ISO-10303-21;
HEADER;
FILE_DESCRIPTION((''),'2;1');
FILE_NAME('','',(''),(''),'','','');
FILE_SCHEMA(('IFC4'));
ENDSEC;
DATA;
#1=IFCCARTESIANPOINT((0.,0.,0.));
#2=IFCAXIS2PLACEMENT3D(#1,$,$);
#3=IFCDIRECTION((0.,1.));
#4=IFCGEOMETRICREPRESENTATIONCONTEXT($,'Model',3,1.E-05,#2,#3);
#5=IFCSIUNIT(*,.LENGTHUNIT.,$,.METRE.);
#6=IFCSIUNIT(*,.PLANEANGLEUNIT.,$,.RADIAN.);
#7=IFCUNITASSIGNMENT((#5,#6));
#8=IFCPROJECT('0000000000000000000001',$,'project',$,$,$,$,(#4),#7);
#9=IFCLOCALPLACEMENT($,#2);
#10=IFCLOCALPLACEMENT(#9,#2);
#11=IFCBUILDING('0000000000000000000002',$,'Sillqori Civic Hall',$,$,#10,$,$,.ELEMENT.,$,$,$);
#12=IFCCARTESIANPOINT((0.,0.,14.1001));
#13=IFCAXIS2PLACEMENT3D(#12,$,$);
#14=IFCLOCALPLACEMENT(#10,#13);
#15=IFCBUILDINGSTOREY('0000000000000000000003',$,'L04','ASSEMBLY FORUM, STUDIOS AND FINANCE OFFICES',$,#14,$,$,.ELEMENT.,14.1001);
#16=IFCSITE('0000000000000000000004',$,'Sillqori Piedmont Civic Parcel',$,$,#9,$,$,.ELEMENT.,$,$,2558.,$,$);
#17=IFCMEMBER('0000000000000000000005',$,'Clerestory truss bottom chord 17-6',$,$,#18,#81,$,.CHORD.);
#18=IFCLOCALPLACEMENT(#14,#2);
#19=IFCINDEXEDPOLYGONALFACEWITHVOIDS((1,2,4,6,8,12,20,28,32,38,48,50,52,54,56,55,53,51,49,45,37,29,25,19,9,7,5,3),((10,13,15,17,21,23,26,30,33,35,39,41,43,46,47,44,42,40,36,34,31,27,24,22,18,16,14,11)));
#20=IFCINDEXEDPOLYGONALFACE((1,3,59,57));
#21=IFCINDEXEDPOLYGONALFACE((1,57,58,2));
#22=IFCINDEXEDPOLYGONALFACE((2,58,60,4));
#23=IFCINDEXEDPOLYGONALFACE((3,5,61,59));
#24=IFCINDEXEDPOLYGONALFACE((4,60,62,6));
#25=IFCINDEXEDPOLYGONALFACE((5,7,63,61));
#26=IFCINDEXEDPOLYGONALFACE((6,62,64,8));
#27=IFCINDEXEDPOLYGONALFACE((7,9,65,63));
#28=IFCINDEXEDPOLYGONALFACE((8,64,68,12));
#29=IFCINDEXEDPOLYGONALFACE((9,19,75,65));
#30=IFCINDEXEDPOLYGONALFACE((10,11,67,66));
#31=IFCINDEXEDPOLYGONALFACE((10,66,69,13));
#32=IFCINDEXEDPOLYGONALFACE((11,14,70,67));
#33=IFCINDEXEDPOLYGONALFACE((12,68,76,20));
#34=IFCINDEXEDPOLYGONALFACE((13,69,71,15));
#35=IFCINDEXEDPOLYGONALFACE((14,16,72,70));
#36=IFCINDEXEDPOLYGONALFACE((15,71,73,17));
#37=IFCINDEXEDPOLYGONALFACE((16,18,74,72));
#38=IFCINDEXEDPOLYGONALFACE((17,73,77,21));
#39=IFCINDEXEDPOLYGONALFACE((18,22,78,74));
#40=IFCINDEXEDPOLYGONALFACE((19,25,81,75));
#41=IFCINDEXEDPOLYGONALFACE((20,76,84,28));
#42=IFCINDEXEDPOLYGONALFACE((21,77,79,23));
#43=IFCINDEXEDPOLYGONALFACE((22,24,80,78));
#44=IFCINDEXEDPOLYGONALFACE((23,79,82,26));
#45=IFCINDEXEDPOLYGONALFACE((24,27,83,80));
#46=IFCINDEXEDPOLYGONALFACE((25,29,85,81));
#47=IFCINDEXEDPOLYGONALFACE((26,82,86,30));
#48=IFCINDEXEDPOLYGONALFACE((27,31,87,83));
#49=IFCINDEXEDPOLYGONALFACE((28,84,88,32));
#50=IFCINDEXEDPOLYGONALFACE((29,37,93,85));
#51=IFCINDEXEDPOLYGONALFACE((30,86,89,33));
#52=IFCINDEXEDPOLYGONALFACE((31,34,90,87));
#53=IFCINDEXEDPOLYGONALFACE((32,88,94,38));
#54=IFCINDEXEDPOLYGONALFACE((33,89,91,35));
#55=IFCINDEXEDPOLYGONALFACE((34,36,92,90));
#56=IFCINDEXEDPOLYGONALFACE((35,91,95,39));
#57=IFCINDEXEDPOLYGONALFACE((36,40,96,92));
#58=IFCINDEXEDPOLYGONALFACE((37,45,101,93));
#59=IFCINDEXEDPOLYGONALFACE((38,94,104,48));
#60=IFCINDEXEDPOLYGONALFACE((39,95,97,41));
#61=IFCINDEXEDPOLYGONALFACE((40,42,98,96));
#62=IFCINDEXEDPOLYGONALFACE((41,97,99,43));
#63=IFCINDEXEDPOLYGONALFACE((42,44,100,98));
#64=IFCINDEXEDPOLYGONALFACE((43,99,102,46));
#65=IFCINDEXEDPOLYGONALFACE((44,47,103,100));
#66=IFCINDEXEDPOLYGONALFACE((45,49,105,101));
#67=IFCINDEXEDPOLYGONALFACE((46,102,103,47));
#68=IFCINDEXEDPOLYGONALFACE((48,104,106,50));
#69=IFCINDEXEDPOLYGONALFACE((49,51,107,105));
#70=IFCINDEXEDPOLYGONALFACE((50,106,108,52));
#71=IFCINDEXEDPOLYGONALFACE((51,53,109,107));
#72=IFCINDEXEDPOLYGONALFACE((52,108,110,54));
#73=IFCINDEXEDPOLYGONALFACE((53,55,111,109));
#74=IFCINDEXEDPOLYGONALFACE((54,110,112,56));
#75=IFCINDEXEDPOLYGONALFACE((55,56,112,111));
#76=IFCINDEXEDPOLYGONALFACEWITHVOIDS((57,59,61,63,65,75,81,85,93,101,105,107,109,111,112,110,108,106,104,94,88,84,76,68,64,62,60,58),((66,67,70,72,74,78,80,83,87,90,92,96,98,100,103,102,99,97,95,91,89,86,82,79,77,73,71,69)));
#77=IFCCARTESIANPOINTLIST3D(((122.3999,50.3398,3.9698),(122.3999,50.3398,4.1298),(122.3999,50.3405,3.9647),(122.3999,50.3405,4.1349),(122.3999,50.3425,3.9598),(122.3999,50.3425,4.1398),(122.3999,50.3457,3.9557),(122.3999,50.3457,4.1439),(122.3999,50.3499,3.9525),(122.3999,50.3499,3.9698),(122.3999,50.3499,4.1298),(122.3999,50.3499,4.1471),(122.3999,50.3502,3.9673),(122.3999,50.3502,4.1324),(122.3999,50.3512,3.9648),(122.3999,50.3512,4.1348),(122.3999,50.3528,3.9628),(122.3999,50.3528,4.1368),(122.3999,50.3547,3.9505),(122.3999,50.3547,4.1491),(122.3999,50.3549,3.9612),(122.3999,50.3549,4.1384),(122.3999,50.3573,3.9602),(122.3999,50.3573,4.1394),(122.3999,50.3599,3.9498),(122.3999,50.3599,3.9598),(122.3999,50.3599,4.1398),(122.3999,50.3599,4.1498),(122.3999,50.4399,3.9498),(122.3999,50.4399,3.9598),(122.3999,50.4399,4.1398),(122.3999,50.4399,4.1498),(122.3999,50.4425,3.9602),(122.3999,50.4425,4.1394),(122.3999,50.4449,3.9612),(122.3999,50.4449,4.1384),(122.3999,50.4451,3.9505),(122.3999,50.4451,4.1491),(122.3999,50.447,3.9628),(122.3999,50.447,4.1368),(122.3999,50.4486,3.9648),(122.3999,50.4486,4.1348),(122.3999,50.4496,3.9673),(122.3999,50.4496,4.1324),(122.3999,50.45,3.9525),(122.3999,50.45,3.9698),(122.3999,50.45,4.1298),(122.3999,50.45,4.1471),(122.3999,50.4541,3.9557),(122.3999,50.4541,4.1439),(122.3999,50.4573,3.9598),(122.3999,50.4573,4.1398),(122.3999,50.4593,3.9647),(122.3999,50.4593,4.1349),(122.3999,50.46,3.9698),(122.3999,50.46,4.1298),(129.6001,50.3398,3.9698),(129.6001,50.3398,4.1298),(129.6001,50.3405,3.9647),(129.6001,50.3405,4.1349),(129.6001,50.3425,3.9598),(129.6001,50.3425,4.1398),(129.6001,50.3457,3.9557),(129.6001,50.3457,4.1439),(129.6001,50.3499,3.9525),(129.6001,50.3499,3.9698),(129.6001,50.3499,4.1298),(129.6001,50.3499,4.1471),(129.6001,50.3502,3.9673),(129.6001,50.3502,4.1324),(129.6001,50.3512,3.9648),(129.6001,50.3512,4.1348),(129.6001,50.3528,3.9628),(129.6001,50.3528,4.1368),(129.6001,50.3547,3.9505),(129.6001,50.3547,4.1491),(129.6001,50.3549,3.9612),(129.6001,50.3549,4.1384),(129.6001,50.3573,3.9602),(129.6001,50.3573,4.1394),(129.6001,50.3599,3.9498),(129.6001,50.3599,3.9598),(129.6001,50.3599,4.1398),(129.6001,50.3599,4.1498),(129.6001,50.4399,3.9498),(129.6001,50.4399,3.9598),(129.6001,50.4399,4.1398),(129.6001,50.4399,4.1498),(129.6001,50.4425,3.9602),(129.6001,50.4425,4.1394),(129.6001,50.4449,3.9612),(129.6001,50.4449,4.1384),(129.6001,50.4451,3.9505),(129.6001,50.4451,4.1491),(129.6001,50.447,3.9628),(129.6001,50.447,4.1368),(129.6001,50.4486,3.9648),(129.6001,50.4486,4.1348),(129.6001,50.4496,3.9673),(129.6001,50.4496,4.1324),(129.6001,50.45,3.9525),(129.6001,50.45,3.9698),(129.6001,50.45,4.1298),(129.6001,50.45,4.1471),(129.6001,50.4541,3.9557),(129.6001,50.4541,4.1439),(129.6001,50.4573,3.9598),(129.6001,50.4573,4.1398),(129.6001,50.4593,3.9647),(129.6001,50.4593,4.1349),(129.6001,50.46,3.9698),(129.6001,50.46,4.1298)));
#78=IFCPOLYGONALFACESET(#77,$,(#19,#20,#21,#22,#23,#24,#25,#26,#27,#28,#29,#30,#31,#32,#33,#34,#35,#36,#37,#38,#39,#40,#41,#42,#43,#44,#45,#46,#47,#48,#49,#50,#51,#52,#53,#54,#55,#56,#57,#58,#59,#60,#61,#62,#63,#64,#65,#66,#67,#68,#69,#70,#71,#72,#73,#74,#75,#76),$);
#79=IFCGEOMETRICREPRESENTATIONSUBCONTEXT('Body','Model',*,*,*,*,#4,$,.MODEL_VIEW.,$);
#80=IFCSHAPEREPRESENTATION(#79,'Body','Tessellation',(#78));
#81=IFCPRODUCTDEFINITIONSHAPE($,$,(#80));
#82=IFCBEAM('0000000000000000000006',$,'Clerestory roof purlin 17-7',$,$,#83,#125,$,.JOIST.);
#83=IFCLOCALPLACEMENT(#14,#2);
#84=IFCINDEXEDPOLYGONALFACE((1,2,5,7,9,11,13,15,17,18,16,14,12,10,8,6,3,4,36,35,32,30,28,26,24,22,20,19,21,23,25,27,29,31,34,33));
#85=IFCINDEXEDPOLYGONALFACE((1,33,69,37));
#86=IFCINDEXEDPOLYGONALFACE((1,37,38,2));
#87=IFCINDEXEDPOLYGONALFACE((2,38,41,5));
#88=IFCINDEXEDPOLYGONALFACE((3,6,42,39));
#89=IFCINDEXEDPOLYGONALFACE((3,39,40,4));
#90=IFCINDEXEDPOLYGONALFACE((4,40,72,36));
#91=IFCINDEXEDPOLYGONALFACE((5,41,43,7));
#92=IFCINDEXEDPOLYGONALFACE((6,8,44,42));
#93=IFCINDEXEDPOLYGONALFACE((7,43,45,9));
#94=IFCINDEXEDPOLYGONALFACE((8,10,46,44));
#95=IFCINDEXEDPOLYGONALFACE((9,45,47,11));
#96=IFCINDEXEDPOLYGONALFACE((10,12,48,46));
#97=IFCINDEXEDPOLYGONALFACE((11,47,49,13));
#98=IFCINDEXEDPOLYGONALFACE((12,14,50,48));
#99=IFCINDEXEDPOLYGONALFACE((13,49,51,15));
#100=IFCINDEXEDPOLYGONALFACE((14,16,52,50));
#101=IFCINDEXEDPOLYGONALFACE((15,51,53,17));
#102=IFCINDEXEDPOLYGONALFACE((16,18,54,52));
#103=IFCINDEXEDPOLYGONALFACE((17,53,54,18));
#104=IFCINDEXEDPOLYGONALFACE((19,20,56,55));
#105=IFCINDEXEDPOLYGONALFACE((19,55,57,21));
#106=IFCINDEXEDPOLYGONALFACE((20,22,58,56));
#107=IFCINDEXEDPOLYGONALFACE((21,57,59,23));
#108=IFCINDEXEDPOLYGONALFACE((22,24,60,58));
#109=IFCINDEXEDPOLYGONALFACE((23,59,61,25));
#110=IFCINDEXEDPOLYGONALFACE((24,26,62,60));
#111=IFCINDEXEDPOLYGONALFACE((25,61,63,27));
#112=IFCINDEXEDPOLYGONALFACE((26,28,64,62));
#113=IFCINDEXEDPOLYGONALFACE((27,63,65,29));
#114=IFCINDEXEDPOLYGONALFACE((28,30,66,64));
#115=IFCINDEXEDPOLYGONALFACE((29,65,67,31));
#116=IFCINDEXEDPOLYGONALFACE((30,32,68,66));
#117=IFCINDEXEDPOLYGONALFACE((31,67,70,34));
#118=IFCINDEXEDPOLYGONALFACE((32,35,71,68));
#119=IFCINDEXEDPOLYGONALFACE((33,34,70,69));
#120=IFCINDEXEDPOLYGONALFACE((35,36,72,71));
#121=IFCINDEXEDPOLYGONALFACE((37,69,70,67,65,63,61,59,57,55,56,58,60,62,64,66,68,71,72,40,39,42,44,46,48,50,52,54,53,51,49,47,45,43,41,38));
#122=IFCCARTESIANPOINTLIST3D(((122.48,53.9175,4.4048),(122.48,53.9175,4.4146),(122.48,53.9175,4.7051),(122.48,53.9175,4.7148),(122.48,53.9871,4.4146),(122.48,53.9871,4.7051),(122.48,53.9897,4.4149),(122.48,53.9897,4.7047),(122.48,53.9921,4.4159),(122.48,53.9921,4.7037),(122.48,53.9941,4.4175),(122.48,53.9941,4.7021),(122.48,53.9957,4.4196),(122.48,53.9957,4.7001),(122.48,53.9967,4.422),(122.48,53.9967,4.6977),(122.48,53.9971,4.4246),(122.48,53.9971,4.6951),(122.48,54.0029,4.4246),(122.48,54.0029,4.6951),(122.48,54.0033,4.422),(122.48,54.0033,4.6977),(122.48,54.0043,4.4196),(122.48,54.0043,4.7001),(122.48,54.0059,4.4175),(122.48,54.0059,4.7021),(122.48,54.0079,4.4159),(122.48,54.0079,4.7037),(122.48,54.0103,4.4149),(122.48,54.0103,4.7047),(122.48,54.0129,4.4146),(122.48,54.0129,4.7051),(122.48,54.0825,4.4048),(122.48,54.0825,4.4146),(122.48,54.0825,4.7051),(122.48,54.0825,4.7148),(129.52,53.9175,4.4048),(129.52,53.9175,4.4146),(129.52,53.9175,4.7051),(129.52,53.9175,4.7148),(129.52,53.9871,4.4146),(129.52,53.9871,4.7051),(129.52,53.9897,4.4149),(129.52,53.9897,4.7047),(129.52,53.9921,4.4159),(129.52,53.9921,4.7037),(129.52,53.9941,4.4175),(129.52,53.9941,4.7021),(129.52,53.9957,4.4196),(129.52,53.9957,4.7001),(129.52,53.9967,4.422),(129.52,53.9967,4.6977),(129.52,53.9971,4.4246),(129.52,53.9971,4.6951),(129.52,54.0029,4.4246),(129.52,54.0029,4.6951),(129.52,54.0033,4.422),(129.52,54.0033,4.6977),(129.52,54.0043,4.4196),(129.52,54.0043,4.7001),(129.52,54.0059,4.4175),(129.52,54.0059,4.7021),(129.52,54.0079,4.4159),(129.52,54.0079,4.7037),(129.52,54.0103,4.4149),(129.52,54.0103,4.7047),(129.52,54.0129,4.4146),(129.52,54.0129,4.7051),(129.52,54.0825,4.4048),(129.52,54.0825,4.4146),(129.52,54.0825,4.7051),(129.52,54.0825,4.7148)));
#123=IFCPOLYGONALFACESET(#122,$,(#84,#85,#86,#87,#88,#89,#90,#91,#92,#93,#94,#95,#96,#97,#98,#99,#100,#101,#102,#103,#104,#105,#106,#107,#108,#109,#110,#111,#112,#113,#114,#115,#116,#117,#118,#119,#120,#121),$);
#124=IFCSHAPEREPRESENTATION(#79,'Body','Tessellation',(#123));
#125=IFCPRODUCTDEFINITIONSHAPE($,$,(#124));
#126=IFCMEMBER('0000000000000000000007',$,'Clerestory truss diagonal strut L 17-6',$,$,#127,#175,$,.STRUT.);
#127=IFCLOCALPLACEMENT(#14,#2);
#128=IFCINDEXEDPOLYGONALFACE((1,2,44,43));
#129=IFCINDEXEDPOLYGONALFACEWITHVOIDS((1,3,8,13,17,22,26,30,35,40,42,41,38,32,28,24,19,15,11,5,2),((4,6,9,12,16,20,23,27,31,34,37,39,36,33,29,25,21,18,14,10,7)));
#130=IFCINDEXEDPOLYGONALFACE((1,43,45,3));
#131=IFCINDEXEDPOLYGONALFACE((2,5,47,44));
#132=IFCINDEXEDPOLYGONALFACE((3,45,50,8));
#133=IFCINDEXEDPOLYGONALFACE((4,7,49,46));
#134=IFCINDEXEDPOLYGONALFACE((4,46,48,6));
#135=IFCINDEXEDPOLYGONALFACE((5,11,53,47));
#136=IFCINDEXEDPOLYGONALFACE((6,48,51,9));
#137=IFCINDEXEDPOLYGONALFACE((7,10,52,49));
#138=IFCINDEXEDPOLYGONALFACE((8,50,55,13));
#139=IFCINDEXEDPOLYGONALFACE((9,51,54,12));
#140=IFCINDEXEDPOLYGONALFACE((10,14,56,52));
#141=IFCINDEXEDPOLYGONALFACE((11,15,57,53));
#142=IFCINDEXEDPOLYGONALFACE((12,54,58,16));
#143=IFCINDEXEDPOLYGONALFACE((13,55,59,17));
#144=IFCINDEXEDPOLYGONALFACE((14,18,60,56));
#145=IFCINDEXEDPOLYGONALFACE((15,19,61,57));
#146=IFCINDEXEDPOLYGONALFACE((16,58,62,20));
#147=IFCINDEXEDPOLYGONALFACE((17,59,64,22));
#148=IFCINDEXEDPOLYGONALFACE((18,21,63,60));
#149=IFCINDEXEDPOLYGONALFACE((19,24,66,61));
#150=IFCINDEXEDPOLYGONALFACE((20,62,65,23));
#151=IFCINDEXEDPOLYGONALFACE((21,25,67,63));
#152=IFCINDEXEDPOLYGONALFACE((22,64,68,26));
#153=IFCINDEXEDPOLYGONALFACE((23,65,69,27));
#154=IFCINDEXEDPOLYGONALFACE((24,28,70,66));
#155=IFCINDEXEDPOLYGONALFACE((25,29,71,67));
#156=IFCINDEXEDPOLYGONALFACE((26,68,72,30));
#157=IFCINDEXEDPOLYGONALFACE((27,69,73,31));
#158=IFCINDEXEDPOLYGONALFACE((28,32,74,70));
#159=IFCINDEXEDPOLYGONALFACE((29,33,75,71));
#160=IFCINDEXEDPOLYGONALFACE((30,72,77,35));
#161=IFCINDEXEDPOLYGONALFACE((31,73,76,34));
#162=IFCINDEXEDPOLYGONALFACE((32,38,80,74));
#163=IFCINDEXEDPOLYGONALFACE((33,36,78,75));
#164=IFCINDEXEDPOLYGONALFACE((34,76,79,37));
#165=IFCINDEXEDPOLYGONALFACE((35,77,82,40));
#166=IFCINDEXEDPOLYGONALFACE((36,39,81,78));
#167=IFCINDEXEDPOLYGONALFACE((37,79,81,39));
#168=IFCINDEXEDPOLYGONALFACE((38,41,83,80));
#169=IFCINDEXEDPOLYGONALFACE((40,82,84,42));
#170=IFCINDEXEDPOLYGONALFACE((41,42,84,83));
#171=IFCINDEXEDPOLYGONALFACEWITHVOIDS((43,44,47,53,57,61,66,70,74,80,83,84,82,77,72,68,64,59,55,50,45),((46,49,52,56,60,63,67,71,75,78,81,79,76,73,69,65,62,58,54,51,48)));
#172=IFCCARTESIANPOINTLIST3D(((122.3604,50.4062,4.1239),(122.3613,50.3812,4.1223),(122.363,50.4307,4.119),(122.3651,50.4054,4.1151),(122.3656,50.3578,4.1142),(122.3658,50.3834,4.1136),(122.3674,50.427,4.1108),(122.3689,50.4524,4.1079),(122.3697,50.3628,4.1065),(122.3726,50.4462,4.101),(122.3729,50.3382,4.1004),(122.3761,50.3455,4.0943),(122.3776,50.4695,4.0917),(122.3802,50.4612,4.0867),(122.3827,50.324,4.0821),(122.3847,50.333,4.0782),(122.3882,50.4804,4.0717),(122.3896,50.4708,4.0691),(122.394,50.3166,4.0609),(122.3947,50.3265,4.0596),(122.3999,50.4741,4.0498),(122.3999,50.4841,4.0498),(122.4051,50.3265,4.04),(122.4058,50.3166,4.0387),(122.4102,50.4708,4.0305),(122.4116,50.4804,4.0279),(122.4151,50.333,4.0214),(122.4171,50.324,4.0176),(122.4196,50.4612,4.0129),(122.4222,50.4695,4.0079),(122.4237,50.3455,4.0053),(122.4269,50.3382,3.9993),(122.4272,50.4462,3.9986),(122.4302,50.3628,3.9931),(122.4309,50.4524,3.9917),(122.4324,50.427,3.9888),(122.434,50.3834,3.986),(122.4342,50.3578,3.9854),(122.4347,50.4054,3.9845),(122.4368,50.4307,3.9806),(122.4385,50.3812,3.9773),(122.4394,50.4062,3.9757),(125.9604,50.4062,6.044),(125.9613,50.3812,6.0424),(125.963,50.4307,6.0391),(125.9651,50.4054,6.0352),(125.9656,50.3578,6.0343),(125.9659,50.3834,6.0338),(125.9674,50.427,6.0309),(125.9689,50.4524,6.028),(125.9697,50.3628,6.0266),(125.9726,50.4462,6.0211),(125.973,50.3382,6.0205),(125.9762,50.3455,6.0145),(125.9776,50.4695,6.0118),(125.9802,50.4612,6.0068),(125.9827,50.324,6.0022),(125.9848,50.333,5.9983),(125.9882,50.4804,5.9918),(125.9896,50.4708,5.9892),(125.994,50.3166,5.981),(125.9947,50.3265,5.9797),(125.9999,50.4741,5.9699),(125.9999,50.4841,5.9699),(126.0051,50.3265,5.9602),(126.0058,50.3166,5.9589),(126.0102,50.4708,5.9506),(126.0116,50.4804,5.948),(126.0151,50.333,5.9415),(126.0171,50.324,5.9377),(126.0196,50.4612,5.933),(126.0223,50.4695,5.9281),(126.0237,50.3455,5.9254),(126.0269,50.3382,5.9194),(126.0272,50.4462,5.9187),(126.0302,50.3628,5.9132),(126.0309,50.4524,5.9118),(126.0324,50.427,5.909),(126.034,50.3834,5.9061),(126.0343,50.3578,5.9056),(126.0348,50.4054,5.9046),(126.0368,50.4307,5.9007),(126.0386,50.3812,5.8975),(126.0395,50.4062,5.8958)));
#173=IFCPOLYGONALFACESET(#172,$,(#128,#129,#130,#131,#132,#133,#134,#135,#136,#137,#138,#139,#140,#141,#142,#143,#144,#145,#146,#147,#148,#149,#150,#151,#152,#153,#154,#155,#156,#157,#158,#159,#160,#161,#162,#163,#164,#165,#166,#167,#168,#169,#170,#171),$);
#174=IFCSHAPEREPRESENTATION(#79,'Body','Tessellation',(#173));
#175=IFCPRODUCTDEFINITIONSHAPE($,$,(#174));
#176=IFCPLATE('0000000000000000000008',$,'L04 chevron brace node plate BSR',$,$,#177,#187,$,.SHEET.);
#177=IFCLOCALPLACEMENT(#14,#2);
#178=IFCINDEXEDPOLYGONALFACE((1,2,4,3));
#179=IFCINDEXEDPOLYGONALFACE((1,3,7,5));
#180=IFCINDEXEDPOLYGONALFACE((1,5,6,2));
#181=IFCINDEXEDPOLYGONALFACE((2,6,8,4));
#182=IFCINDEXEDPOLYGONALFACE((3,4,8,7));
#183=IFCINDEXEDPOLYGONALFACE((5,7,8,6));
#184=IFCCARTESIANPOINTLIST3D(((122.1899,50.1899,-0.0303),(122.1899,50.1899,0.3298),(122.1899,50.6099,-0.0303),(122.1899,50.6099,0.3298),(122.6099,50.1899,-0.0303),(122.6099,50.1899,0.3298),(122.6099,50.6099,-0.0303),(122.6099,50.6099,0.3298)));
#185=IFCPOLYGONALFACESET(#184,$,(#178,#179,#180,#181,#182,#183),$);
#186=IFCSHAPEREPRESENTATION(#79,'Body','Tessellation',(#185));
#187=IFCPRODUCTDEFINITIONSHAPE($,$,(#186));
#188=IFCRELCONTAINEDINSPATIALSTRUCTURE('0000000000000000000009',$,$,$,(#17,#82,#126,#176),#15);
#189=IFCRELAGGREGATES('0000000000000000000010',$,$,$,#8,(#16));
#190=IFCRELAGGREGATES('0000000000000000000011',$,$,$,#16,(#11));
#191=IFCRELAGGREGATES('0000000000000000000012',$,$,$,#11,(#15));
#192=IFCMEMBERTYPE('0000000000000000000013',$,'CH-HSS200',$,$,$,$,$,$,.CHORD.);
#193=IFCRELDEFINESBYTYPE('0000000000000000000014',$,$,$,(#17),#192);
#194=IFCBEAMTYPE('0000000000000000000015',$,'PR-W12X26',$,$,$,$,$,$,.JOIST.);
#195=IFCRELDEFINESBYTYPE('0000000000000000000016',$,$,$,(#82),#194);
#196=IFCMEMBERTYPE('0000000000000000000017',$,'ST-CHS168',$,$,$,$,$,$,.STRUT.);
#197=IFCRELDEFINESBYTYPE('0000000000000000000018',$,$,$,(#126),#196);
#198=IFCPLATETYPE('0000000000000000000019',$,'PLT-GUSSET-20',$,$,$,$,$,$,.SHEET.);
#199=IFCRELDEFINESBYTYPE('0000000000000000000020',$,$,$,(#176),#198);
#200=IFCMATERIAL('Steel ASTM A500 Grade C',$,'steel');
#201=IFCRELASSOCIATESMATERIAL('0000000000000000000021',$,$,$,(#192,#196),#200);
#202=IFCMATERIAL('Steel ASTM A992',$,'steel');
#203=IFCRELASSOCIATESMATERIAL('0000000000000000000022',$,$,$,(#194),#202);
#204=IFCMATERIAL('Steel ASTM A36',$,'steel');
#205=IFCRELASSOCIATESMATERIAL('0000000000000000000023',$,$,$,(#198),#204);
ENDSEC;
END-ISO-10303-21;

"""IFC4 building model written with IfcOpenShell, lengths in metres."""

from ifc_helpers import new_model, si_unit, direction, frame, origin, origin_2d, place, context, subcontext, project, spatial, rectangle, hollow_rectangle, hollow_circle, i_section, extrude, material, material_profile, profile_set, type_object, element, save


model = new_model("IFC4")

# Units and contexts
model_context = context("Model", 3, precision=1e-05, world=origin(), true_north=direction((0.0, 1.0)))
body_context = subcontext(model_context, "Body", "Model", "MODEL_VIEW")
ifc_project = project(units=[si_unit("LENGTHUNIT", "METRE"), si_unit("PLANEANGLEUNIT", "RADIAN")], contexts=[model_context])

# Site, building, storey
site_placement = place(None, origin())
site = spatial("IfcSite", under=ifc_project, at=site_placement, Name="Sillqori Piedmont Civic Parcel", CompositionType="ELEMENT", RefElevation=2558.0)
building_placement = place(site_placement, origin())
building = spatial("IfcBuilding", under=site, at=building_placement, Name="Sillqori Civic Hall", CompositionType="ELEMENT")
storey_placement = place(building_placement, frame((0.0, 0.0, 14.1001)))
storey = spatial("IfcBuildingStorey", under=building, at=storey_placement, Name="L04", Description="ASSEMBLY FORUM, STUDIOS AND FINANCE OFFICES", CompositionType="ELEMENT", Elevation=14.1001)

# Shared definitions
ifc_material_1 = material(Name="Steel ASTM A992", Category="steel")

# Member
ifc_material_2 = material(Name="Steel ASTM A500 Grade C", Category="steel")
ifc_material_profile_1 = material_profile(ifc_material_2, hollow_rectangle(XDim=0.1201, YDim=0.2, WallThickness=0.01, InnerFilletRadius=0.01, OuterFilletRadius=0.02, at=origin_2d()), Name="HSS200X120X10")
ifc_profile_set_1 = profile_set([ifc_material_profile_1], Name="Steel ASTM A500 Grade C")
member_type_1 = type_object("IfcMemberType", Name="CH-HSS200", PredefinedType="CHORD", material=ifc_profile_set_1)
for number, where, z_axis, x_axis, name in (
    (1, (122.3999, 50.3999, 4.0498), (1.0, 0.0, 0.0), (0.0, 1.0, 0.0), "Clerestory truss bottom chord 17-6"),
):
    element("IfcMember", number, at=place(storey_placement, frame(where, z_axis=z_axis, x_axis=x_axis)), inside=storey, type_object=member_type_1, Name=name, PredefinedType="CHORD", context=body_context, shape_type="SweptSolid", body=[
        extrude(hollow_rectangle(XDim=0.1201, YDim=0.2, WallThickness=0.01, InnerFilletRadius=0.01, OuterFilletRadius=0.02, at=origin_2d()), origin(), (0.0, 0.0, 1.0), 7.2002),
    ])

# Beam
ifc_material_profile_2 = material_profile(ifc_material_1, i_section(OverallWidth=0.165, OverallDepth=0.3101, WebThickness=0.0059, FlangeThickness=0.0098, FilletRadius=0.01, at=origin_2d()), Name="W12X26")
ifc_profile_set_2 = profile_set([ifc_material_profile_2], Name="Steel ASTM A992")
beam_type_1 = type_object("IfcBeamType", Name="PR-W12X26", PredefinedType="JOIST", material=ifc_profile_set_2)
beam_1_placement = place(storey_placement, frame((122.48, 54.0, 4.5598), z_axis=(1.0, 0.0, 0.0), x_axis=(0.0, 1.0, 0.0)))
element("IfcBeam", 2, at=beam_1_placement, inside=storey, type_object=beam_type_1, Name="Clerestory roof purlin 17-7", PredefinedType="JOIST", context=body_context, shape_type="SweptSolid", body=[
    extrude(i_section(OverallWidth=0.165, OverallDepth=0.3101, WebThickness=0.0059, FlangeThickness=0.0098, FilletRadius=0.01, at=origin_2d()), origin(), (0.0, 0.0, 1.0), 7.04),
])

# Member
ifc_material_profile_3 = material_profile(ifc_material_2, hollow_circle(Radius=0.0842, WallThickness=0.01, at=origin_2d()), Name="CHS168X10")
ifc_profile_set_3 = profile_set([ifc_material_profile_3], Name="Steel ASTM A500 Grade C")
member_type_2 = type_object("IfcMemberType", Name="ST-CHS168", PredefinedType="STRUT", material=ifc_profile_set_3)
member_1_placement = place(storey_placement, frame((122.3999, 50.3999, 4.0498), z_axis=(0.882341, 0.0, 0.47061), x_axis=(0.0, 1.0, 0.0)))
element("IfcMember", 3, at=member_1_placement, inside=storey, type_object=member_type_2, Name="Clerestory truss diagonal strut L 17-6", PredefinedType="STRUT", context=body_context, shape_type="SweptSolid", body=[
    extrude(hollow_circle(Radius=0.0842, WallThickness=0.01, at=origin_2d()), origin(), (0.0, 0.0, 1.0), 4.0801),
])

# Plate
ifc_material_3 = material(Name="Steel ASTM A36", Category="steel")
plate_type_1 = type_object("IfcPlateType", Name="PLT-GUSSET-20", PredefinedType="SHEET", material=ifc_material_3)
plate_1_placement = place(storey_placement, frame((122.3999, 50.3999, -0.0303), z_axis=(0.0, 0.0, 1.0), x_axis=(1.0, 0.0, 0.0)))
element("IfcPlate", 4, at=plate_1_placement, inside=storey, type_object=plate_type_1, Name="L04 chevron brace node plate BSR", PredefinedType="SHEET", context=body_context, shape_type="SweptSolid", body=[
    extrude(rectangle(XDim=0.4199, YDim=0.4199, at=origin_2d()), origin(), (0.0, 0.0, 1.0), 0.3601),
])

save(model, "model.ifc")
